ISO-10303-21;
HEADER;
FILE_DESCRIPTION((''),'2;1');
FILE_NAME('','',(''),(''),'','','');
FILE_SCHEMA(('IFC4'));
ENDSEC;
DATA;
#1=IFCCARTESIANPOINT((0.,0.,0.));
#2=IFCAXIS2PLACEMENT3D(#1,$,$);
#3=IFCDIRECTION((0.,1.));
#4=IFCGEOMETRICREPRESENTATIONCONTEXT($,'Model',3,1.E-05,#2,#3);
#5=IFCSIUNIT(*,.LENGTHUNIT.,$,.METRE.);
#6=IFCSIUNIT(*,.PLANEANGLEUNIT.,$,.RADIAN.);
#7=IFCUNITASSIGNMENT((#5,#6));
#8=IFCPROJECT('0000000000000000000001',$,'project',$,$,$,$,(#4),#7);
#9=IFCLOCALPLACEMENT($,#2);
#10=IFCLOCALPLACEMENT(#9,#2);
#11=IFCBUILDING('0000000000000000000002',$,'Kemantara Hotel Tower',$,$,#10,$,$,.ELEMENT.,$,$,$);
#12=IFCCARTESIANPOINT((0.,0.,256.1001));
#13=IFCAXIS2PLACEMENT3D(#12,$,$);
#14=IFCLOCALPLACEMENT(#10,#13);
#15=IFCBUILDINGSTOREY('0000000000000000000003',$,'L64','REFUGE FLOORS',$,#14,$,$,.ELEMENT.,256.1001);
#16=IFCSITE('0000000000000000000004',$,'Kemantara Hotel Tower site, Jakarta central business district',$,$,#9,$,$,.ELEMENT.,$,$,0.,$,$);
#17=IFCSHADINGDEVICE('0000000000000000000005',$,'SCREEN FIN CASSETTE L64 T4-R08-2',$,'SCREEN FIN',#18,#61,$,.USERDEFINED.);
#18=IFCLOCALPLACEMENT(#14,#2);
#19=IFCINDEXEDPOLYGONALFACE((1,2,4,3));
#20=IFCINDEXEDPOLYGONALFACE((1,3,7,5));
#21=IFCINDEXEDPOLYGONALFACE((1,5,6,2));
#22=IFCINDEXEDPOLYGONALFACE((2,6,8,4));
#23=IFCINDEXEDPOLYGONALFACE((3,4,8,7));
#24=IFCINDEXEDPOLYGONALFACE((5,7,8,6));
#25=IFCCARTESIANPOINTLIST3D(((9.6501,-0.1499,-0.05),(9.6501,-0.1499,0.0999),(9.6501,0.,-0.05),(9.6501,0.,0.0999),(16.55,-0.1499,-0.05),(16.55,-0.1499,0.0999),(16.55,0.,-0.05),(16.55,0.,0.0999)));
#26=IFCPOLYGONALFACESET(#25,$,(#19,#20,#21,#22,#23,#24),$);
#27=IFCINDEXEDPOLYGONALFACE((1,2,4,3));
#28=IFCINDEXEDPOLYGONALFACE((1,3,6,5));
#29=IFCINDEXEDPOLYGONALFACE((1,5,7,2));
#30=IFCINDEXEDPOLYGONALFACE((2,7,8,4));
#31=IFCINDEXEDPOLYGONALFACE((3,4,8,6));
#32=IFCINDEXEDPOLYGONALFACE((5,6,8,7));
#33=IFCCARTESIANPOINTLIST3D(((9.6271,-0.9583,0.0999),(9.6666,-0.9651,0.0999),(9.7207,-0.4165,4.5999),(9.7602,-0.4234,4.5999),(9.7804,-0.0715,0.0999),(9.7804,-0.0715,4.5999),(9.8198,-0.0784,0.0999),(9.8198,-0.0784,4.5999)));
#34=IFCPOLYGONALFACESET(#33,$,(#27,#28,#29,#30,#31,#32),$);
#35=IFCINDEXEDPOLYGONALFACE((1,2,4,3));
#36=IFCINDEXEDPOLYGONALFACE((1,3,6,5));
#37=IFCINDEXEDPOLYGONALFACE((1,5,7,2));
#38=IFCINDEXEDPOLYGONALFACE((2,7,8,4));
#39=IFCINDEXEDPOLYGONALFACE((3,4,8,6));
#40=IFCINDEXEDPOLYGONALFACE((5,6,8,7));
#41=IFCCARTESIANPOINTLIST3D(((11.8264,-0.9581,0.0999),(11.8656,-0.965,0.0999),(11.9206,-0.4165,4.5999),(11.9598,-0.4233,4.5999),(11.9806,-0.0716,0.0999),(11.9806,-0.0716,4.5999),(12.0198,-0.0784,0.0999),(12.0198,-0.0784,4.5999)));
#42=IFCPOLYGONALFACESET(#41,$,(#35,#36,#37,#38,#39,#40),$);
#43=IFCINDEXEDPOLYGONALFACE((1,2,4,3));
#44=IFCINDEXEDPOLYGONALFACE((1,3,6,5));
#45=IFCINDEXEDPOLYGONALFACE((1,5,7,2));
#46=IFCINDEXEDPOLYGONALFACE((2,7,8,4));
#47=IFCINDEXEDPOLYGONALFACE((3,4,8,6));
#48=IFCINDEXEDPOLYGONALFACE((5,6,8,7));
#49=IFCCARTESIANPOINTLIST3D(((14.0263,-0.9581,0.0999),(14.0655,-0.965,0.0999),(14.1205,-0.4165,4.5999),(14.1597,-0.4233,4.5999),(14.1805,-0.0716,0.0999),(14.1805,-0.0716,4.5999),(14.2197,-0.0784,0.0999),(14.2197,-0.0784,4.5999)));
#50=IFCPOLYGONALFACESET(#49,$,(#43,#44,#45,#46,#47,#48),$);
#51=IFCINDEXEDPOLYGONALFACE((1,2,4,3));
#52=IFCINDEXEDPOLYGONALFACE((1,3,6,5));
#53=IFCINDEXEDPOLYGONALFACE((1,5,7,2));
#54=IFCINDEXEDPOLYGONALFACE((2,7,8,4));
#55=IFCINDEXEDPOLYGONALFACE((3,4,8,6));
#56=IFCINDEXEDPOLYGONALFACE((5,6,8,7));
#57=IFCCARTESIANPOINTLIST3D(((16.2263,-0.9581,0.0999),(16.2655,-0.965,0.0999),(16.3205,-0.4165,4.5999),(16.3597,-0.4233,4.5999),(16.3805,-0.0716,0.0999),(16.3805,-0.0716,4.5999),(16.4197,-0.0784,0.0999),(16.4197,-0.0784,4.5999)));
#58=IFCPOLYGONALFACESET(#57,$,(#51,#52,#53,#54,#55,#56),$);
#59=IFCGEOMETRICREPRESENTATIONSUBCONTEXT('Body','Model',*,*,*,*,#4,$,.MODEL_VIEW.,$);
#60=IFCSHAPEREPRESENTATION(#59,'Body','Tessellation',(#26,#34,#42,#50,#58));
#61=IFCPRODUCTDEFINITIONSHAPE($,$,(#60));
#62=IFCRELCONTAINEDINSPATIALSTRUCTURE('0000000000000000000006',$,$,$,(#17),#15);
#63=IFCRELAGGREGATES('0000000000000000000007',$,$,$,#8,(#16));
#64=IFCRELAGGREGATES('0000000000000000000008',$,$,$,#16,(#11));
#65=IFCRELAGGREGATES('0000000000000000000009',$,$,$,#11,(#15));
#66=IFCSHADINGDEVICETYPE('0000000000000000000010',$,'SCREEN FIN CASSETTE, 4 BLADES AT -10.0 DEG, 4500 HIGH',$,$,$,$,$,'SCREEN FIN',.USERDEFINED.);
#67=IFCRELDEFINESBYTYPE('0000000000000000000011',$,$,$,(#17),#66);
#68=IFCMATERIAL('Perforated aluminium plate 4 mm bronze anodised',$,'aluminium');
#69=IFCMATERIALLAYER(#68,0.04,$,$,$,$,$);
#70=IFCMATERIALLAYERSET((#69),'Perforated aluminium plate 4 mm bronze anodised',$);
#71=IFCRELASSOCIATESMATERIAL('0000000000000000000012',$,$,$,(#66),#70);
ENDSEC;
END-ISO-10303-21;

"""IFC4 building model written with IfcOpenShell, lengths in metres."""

from ifc_helpers import new_model, si_unit, direction, frame, origin, origin_2d, place, context, subcontext, project, spatial, polyline, rectangle, outline, extrude, source, transform, mapped, material, layer, layer_set, type_object, element, save


model = new_model("IFC4")

# Units and contexts
model_context = context("Model", 3, precision=1e-05, world=origin(), true_north=direction((0.0, 1.0)))
body_context = subcontext(model_context, "Body", "Model", "MODEL_VIEW")
ifc_project = project(units=[si_unit("LENGTHUNIT", "METRE"), si_unit("PLANEANGLEUNIT", "RADIAN")], contexts=[model_context])

# Site, building, storey
site_placement = place(None, origin())
site = spatial("IfcSite", under=ifc_project, at=site_placement, Name="Kemantara Hotel Tower site, Jakarta central business district", CompositionType="ELEMENT", RefElevation=0.0)
building_placement = place(site_placement, origin())
building = spatial("IfcBuilding", under=site, at=building_placement, Name="Kemantara Hotel Tower", CompositionType="ELEMENT")
storey_placement = place(building_placement, frame((0.0, 0.0, 256.1001)))
storey = spatial("IfcBuildingStorey", under=building, at=storey_placement, Name="L64", Description="REFUGE FLOORS", CompositionType="ELEMENT", Elevation=256.1001)

# Shading device
ifc_material_1 = material(Name="Perforated aluminium plate 4 mm bronze anodised", Category="aluminium")
ifc_layer_1 = layer(ifc_material_1, 0.04)
ifc_layer_set_1 = layer_set([ifc_layer_1], Name="Perforated aluminium plate 4 mm bronze anodised")
shading_device_type_1 = type_object("IfcShadingDeviceType", Name="SCREEN FIN CASSETTE, 4 BLADES AT -10.0 DEG, 4500 HIGH", ElementType="SCREEN FIN", PredefinedType="USERDEFINED", material=ifc_layer_set_1)
shared_shape_1 = source(origin(), body_context, "Body", "SweptSolid", [
    extrude(rectangle(XDim=6.8999, YDim=0.1499, at=origin_2d()), frame((3.3, -0.075, -0.1499), z_axis=(0.0, 0.0, 1.0), x_axis=(1.0, 0.0, 0.0)), (0.0, 0.0, 1.0), 0.1499),
    extrude(outline(polyline([(0.0, 0.0), (0.8999, 0.0), (0.3501, 4.5), (0.0, 4.5), (0.0, 0.0)])), frame((0.0198, -0.0784, 0.0), z_axis=(-0.98539, 0.170314, 0.0), x_axis=(-0.170314, -0.98539, 0.0)), (0.0, 0.0, 1.0), 0.04),
    extrude(outline(polyline([(0.0, 0.0), (0.8999, 0.0), (0.3501, 4.5), (0.0, 4.5), (0.0, 0.0)])), frame((2.2197, -0.0784, 0.0), z_axis=(-0.985212, 0.171341, 0.0), x_axis=(-0.171341, -0.985212, 0.0)), (0.0, 0.0, 1.0), 0.0398),
    extrude(outline(polyline([(0.0, 0.0), (0.8999, 0.0), (0.3501, 4.5), (0.0, 4.5), (0.0, 0.0)])), frame((4.4197, -0.0784, 0.0), z_axis=(-0.985212, 0.171341, 0.0), x_axis=(-0.171341, -0.985212, 0.0)), (0.0, 0.0, 1.0), 0.0398),
    extrude(outline(polyline([(0.0, 0.0), (0.8999, 0.0), (0.3501, 4.5), (0.0, 4.5), (0.0, 0.0)])), frame((6.6196, -0.0784, 0.0), z_axis=(-0.985212, 0.171341, 0.0), x_axis=(-0.171341, -0.985212, 0.0)), (0.0, 0.0, 1.0), 0.0398),
])
shading_device_1_placement = place(storey_placement, frame((9.8, 0.0, 0.0999), z_axis=(0.0, 0.0, 1.0), x_axis=(1.0, 0.0, 0.0)))
element("IfcShadingDevice", 1, at=shading_device_1_placement, inside=storey, type_object=shading_device_type_1, Name="SCREEN FIN CASSETTE L64 T4-R08-2", ObjectType="SCREEN FIN", PredefinedType="USERDEFINED", context=body_context, shape_type="MappedRepresentation", body=[
    mapped(shared_shape_1, transform((0.0, 0.0, 0.0))),
])

save(model, "model.ifc")
